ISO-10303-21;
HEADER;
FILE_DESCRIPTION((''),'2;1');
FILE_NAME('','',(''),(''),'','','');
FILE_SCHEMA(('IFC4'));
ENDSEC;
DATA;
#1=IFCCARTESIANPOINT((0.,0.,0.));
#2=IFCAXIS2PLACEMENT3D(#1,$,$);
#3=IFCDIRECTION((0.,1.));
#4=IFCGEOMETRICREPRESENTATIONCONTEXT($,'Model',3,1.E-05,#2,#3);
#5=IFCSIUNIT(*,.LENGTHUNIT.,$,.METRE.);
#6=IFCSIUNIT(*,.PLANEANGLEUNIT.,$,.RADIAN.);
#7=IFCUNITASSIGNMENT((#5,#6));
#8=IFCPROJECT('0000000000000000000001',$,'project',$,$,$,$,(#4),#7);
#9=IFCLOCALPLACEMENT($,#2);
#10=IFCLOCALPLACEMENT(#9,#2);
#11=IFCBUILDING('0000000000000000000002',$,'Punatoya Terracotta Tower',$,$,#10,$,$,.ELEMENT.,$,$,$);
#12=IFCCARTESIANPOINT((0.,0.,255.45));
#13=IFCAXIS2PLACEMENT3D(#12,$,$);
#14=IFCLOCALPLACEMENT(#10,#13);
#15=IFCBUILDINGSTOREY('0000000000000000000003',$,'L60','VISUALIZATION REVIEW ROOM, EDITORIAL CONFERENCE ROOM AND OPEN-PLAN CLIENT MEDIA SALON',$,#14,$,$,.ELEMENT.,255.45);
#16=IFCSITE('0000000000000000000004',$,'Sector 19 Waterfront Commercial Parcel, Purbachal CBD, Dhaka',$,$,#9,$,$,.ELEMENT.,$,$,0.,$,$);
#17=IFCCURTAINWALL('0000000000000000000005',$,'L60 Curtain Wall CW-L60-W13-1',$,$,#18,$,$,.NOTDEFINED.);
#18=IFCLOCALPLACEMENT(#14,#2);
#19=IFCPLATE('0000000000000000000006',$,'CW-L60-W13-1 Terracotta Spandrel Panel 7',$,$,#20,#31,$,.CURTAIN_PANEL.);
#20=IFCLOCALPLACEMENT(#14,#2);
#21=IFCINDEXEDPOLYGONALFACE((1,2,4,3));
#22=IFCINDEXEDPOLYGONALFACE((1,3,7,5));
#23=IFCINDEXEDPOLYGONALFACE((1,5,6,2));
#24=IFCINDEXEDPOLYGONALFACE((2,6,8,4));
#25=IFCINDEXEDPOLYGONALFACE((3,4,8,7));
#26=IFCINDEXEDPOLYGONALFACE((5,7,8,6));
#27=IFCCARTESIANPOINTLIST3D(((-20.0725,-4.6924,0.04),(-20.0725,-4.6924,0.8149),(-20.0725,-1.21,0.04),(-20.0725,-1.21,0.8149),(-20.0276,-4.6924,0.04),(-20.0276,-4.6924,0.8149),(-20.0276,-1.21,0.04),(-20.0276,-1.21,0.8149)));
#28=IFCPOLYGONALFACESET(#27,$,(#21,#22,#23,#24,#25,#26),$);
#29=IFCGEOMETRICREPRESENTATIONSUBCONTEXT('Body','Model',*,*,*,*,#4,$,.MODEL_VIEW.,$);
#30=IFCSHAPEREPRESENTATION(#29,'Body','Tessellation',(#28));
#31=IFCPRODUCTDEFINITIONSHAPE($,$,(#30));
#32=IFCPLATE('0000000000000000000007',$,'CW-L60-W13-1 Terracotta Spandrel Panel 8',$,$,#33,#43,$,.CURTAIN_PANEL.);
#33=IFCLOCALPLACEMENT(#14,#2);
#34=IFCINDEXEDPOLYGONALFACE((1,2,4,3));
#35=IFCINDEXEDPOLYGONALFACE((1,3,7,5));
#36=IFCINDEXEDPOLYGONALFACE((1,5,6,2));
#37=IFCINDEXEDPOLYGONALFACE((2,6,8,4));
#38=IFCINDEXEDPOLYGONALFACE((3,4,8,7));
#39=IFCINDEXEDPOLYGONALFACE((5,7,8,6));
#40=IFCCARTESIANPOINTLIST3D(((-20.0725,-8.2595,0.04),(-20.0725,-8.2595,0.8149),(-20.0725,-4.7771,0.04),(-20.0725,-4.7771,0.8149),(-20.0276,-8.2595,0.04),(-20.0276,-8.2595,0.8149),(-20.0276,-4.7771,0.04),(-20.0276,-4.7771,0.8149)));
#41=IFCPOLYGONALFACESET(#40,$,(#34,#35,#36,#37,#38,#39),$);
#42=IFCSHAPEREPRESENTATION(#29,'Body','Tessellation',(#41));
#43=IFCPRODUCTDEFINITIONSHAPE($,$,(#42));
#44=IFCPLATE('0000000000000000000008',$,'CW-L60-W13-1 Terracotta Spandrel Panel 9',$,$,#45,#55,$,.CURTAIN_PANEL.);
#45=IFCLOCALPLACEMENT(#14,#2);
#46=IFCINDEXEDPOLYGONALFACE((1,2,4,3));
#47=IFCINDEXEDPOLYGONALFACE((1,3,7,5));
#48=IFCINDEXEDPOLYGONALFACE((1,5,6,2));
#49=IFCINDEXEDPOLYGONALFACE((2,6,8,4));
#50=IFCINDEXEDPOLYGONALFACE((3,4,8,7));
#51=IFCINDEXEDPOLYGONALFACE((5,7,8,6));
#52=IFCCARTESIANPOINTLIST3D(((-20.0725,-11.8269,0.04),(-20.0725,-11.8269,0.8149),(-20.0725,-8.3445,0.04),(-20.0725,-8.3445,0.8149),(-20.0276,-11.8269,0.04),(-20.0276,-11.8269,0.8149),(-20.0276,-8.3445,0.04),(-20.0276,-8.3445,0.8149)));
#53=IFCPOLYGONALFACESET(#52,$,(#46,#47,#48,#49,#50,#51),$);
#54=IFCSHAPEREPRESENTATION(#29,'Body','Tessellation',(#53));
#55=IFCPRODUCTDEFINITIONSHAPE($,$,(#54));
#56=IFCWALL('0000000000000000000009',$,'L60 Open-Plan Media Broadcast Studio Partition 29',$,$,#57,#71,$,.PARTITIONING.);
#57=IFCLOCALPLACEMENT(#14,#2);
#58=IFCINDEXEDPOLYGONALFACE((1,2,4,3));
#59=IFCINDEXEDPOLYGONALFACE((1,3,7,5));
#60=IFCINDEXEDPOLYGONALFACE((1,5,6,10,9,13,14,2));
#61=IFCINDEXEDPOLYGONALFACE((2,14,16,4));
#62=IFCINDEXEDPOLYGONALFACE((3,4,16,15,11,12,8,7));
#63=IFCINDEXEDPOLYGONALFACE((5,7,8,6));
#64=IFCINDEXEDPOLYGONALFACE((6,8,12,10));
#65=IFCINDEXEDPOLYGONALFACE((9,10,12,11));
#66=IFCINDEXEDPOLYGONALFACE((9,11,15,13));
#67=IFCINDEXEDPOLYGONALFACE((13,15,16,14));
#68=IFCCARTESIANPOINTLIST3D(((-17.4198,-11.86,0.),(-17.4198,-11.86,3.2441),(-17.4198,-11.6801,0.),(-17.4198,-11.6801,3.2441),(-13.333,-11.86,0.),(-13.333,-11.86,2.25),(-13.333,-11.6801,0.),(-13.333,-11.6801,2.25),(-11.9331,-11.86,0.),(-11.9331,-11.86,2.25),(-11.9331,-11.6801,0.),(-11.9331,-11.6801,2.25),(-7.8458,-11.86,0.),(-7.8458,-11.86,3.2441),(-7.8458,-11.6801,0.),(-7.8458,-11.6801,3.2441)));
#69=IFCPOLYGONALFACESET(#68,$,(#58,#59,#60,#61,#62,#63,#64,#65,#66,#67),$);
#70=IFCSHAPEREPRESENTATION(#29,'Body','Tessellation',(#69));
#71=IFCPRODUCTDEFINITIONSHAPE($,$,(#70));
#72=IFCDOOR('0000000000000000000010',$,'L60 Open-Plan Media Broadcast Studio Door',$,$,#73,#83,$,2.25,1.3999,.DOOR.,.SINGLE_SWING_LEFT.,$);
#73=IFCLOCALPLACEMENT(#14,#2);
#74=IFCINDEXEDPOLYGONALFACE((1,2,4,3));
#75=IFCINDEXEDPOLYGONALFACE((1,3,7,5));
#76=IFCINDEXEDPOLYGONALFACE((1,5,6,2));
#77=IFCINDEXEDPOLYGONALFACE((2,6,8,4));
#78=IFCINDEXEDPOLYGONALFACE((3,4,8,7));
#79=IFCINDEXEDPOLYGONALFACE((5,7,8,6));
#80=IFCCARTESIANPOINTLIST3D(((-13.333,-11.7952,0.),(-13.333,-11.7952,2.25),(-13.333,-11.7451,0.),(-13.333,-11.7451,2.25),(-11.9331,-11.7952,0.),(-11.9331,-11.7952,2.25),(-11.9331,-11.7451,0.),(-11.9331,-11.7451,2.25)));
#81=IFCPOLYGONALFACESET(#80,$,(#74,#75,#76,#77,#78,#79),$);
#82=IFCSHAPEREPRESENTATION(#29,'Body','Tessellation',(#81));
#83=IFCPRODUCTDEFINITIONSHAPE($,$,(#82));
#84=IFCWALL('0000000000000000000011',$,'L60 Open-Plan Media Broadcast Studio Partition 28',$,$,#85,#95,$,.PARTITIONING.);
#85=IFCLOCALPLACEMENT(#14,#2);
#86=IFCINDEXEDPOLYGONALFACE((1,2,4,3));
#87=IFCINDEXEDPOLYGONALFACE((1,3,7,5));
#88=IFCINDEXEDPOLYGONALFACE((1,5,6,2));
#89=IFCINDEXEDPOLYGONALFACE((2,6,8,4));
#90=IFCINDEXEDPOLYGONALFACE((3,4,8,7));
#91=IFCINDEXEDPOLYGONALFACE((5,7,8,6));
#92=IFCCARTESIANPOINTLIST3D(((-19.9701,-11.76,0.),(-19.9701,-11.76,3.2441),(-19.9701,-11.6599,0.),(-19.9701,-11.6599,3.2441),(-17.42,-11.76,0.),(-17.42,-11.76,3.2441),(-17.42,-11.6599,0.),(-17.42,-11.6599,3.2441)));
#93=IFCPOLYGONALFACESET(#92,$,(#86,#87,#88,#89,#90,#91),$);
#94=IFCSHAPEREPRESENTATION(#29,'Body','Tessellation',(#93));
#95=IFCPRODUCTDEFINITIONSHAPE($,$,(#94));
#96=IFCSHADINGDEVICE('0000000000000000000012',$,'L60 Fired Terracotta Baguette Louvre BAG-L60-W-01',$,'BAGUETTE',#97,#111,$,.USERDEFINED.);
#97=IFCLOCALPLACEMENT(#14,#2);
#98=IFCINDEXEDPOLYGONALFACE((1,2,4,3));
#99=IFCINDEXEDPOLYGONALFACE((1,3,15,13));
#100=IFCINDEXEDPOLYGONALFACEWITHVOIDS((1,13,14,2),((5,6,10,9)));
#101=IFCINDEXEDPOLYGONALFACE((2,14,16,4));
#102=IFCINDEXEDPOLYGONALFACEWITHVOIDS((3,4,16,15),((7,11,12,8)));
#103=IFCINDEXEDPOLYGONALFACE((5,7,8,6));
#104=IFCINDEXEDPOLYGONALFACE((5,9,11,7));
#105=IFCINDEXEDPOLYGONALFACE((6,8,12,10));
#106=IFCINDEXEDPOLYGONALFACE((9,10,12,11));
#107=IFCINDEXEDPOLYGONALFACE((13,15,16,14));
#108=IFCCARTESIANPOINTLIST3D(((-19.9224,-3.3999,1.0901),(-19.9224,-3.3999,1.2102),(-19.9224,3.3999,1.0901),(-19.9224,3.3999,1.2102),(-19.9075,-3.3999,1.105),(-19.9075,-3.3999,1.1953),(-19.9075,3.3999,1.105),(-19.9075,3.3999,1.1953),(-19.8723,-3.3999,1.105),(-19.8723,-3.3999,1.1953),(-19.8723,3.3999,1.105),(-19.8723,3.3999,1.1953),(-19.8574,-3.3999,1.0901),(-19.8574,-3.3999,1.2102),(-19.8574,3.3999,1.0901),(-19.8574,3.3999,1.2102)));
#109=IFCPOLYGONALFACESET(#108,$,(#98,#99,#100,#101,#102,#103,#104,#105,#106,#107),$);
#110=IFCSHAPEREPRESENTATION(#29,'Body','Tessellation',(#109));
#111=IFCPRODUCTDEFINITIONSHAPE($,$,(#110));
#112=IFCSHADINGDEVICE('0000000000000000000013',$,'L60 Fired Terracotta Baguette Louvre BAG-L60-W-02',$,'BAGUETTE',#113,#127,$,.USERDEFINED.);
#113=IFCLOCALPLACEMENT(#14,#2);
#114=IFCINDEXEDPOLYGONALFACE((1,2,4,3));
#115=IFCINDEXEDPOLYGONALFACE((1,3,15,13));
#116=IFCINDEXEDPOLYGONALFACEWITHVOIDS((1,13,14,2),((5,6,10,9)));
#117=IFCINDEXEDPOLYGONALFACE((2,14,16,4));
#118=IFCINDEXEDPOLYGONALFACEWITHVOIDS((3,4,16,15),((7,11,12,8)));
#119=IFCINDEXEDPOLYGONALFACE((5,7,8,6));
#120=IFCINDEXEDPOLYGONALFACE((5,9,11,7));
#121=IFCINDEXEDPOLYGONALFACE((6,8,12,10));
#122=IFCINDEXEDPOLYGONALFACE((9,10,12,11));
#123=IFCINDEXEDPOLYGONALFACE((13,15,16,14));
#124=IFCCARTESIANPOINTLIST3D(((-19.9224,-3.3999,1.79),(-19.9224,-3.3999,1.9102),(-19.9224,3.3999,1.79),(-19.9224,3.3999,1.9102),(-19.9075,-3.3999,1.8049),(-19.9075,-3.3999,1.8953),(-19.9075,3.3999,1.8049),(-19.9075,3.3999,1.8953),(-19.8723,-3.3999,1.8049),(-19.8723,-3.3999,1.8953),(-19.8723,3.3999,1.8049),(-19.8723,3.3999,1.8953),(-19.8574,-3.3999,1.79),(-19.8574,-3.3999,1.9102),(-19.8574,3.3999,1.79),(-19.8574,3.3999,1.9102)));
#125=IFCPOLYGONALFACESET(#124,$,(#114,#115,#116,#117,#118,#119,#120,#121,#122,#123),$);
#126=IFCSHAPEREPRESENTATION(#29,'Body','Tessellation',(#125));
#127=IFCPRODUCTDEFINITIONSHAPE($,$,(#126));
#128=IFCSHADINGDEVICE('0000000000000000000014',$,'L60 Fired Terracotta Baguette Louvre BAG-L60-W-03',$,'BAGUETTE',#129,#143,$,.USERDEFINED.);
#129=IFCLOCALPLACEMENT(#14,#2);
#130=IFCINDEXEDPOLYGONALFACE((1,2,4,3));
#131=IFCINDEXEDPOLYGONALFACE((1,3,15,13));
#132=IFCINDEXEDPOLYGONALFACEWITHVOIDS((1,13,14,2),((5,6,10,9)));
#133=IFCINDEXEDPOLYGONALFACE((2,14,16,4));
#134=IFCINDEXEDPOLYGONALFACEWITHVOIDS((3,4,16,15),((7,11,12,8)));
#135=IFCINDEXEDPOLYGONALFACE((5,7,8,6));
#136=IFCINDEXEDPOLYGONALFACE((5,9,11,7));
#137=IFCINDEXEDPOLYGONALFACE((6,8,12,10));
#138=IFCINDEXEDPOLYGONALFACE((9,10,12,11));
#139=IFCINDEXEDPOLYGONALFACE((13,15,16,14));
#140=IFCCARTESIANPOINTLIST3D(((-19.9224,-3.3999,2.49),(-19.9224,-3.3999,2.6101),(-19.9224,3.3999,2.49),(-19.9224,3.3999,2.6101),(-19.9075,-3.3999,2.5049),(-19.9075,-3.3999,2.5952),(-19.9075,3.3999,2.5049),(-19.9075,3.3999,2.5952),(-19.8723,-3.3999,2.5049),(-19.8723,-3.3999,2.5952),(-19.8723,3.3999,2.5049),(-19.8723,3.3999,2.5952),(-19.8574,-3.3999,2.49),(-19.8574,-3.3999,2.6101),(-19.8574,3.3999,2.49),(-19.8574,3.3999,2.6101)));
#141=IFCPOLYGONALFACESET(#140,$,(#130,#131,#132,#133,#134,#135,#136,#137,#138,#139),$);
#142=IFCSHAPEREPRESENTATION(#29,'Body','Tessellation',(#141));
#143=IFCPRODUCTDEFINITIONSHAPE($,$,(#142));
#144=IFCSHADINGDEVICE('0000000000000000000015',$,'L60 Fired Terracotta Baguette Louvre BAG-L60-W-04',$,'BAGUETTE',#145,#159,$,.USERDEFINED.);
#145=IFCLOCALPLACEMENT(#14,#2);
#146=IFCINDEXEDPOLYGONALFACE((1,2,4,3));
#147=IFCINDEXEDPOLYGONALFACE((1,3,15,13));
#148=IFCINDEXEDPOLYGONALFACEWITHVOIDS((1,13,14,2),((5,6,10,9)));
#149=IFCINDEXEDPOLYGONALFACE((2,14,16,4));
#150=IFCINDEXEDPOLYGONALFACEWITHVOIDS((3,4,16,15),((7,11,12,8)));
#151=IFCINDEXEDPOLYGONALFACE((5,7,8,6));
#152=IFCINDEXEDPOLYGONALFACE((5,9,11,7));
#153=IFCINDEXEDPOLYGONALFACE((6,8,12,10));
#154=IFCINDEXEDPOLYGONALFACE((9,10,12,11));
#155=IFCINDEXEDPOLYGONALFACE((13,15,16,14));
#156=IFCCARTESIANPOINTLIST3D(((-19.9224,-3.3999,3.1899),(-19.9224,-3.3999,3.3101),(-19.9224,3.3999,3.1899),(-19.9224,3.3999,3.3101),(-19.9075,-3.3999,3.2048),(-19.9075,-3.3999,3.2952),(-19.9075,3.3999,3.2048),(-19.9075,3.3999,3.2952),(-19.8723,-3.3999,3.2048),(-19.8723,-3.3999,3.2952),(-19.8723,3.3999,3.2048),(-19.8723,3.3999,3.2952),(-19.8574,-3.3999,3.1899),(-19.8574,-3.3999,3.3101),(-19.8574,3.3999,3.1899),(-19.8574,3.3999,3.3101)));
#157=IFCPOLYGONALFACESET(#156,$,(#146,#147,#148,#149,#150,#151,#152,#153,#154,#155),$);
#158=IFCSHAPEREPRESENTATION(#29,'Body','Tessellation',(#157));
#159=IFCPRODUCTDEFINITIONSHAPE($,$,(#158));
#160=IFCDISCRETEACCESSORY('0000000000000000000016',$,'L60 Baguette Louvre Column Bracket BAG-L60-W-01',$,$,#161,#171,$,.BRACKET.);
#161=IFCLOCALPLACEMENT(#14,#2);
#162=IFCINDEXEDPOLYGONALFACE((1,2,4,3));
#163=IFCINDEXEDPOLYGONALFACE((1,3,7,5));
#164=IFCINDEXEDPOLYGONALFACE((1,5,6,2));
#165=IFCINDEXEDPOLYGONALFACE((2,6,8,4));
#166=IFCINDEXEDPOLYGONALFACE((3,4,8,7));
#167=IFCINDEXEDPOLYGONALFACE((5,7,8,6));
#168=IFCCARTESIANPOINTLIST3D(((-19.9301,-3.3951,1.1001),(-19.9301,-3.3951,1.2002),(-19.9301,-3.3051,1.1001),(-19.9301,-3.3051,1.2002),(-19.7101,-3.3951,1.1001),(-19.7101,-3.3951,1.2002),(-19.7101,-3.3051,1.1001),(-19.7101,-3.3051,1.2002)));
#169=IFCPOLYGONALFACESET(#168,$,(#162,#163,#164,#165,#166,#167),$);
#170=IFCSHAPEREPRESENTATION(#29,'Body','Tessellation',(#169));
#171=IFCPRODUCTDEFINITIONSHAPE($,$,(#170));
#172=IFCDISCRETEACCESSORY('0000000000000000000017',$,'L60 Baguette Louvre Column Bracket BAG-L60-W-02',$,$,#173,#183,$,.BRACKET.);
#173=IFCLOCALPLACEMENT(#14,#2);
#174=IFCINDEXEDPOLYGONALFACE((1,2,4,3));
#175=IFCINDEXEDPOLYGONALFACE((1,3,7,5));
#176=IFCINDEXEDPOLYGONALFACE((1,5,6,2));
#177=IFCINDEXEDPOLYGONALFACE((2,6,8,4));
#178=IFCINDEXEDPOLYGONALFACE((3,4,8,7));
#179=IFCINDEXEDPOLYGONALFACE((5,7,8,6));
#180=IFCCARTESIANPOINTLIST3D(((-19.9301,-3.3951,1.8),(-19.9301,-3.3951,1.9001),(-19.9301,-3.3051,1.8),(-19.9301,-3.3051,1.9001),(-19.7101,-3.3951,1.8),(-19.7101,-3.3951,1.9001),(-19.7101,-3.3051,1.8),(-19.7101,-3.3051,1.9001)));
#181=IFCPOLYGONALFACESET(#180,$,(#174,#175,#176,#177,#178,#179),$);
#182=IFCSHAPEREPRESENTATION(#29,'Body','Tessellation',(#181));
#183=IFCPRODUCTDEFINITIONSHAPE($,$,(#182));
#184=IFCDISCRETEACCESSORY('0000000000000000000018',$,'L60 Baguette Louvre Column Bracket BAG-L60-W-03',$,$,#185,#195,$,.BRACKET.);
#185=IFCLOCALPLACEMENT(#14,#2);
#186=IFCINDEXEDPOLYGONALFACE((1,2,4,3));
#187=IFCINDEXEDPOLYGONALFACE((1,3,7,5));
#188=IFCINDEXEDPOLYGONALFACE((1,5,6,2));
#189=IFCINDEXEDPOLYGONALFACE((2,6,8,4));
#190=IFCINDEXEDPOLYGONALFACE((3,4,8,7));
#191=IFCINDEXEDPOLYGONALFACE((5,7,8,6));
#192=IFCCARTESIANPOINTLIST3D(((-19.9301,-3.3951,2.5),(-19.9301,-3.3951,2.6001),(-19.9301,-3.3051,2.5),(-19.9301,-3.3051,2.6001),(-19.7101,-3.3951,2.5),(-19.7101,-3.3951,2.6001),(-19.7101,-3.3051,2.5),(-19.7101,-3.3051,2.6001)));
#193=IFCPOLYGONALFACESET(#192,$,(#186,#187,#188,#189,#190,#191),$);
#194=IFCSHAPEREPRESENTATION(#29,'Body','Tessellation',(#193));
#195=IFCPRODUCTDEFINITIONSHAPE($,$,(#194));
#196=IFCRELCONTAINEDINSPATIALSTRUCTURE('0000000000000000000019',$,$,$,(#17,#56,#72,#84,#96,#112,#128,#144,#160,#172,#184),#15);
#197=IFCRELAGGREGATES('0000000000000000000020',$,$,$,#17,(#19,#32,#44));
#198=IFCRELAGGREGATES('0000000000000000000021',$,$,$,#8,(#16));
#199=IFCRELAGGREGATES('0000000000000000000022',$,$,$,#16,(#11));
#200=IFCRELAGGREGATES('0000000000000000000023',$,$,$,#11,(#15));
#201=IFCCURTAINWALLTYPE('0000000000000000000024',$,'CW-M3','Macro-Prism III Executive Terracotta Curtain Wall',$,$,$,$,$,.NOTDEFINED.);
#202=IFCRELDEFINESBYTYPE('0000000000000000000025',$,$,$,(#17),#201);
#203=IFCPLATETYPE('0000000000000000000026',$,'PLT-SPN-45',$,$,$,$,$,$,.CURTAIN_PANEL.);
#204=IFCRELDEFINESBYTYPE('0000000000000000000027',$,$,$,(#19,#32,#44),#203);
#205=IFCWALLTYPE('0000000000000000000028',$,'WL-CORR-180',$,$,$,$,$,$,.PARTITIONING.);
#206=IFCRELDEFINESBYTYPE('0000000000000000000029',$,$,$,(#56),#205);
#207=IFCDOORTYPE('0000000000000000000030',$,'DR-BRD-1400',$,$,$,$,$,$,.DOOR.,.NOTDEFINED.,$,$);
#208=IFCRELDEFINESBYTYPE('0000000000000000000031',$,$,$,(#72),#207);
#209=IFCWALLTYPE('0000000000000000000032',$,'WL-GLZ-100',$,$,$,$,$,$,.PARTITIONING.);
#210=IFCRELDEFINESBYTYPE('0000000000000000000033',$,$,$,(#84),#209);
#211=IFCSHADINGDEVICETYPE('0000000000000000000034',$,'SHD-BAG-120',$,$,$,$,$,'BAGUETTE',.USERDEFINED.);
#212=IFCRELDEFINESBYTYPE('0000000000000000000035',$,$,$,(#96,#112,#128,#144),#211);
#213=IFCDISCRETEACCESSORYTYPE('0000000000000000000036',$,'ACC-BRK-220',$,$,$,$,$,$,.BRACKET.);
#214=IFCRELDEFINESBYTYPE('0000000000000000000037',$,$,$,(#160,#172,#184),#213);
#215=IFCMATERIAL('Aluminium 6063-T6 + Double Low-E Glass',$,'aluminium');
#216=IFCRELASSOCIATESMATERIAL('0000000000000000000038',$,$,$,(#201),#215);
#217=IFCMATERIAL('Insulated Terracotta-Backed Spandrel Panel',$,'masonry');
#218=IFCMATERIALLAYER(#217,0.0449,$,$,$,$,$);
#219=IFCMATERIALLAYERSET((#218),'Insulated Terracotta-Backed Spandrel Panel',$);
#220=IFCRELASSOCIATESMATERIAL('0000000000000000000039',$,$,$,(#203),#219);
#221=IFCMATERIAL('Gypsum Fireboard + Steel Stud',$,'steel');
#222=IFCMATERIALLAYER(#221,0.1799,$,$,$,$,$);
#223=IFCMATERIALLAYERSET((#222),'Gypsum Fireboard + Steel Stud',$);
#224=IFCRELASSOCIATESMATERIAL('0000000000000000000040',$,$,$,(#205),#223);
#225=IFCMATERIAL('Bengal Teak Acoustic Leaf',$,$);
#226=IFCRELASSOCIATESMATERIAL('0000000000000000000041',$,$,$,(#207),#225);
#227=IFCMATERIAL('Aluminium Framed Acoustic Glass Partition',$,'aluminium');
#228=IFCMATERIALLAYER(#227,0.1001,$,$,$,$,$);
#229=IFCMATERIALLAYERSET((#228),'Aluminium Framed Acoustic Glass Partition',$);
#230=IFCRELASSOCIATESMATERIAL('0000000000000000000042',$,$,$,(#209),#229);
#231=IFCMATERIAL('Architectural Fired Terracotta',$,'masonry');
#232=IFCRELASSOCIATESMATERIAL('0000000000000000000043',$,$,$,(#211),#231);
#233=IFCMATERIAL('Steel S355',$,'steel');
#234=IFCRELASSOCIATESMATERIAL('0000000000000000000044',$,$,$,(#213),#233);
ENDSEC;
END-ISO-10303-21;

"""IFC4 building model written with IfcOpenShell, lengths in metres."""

from ifc_helpers import new_model, si_unit, direction, frame, frame_2d, origin, origin_2d, place, context, subcontext, project, spatial, rectangle, hollow_rectangle, extrude, material, layer, layer_set, material_profile, profile_set, type_object, element, fill, aggregate, save


model = new_model("IFC4")

# Units and contexts
model_context = context("Model", 3, precision=1e-05, world=origin(), true_north=direction((0.0, 1.0)))
body_context = subcontext(model_context, "Body", "Model", "MODEL_VIEW")
ifc_project = project(units=[si_unit("LENGTHUNIT", "METRE"), si_unit("PLANEANGLEUNIT", "RADIAN")], contexts=[model_context])

# Site, building, storey
site_placement = place(None, origin())
site = spatial("IfcSite", under=ifc_project, at=site_placement, Name="Sector 19 Waterfront Commercial Parcel, Purbachal CBD, Dhaka", CompositionType="ELEMENT", RefElevation=0.0)
building_placement = place(site_placement, origin())
building = spatial("IfcBuilding", under=site, at=building_placement, Name="Punatoya Terracotta Tower", CompositionType="ELEMENT")
storey_placement = place(building_placement, frame((0.0, 0.0, 255.45)))
storey = spatial("IfcBuildingStorey", under=building, at=storey_placement, Name="L60", Description="VISUALIZATION REVIEW ROOM, EDITORIAL CONFERENCE ROOM AND OPEN-PLAN CLIENT MEDIA SALON", CompositionType="ELEMENT", Elevation=255.45)

# Shared definitions
ifc_material_1 = material(Name="Steel S355", Category="steel")

# Curtain wall
ifc_material_2 = material(Name="Aluminium 6063-T6 + Double Low-E Glass", Category="aluminium")
curtain_wall_type = type_object("IfcCurtainWallType", Name="CW-M3", Description="Macro-Prism III Executive Terracotta Curtain Wall", PredefinedType="NOTDEFINED", material=ifc_material_2)
curtain_wall_placement = place(storey_placement, origin())
curtain_wall = element("IfcCurtainWall", 1, at=curtain_wall_placement, inside=storey, type_object=curtain_wall_type, Name="L60 Curtain Wall CW-L60-W13-1", PredefinedType="NOTDEFINED")

# Plates
ifc_material_3 = material(Name="Insulated Terracotta-Backed Spandrel Panel", Category="masonry")
ifc_layer_1 = layer(ifc_material_3, 0.0449)
ifc_layer_set_1 = layer_set([ifc_layer_1], Name="Insulated Terracotta-Backed Spandrel Panel")
plate_type_1 = type_object("IfcPlateType", Name="PLT-SPN-45", PredefinedType="CURTAIN_PANEL", material=ifc_layer_set_1)
plate_1_placement = place(storey_placement, frame((-20.05, -2.9512, 0.04), z_axis=(0.0, 0.0, 1.0), x_axis=(0.0, -1.0, 0.0)))
plate_1 = element("IfcPlate", 2, at=plate_1_placement, type_object=plate_type_1, Name="CW-L60-W13-1 Terracotta Spandrel Panel 7", PredefinedType="CURTAIN_PANEL", context=body_context, shape_type="SweptSolid", body=[
    extrude(rectangle(XDim=3.4824, YDim=0.0449, at=origin_2d()), origin(), (0.0, 0.0, 1.0), 0.7749),
])
plate_2_placement = place(storey_placement, frame((-20.05, -6.5183, 0.04), z_axis=(0.0, 0.0, 1.0), x_axis=(0.0, -1.0, 0.0)))
plate_2 = element("IfcPlate", 3, at=plate_2_placement, type_object=plate_type_1, Name="CW-L60-W13-1 Terracotta Spandrel Panel 8", PredefinedType="CURTAIN_PANEL", context=body_context, shape_type="SweptSolid", body=[
    extrude(rectangle(XDim=3.4824, YDim=0.0449, at=origin_2d()), origin(), (0.0, 0.0, 1.0), 0.7749),
])
plate_3_placement = place(storey_placement, frame((-20.05, -10.0857, 0.04), z_axis=(0.0, 0.0, 1.0), x_axis=(0.0, -1.0, 0.0)))
plate_3 = element("IfcPlate", 4, at=plate_3_placement, type_object=plate_type_1, Name="CW-L60-W13-1 Terracotta Spandrel Panel 9", PredefinedType="CURTAIN_PANEL", context=body_context, shape_type="SweptSolid", body=[
    extrude(rectangle(XDim=3.4824, YDim=0.0449, at=origin_2d()), origin(), (0.0, 0.0, 1.0), 0.7749),
])
aggregate(curtain_wall, [plate_1, plate_2, plate_3])

# Wall, opening, door
ifc_material_4 = material(Name="Gypsum Fireboard + Steel Stud", Category="steel")
ifc_layer_2 = layer(ifc_material_4, 0.1799)
ifc_layer_set_2 = layer_set([ifc_layer_2], Name="Gypsum Fireboard + Steel Stud")
wall_type_1 = type_object("IfcWallType", Name="WL-CORR-180", PredefinedType="PARTITIONING", material=ifc_layer_set_2)
wall_1_placement = place(storey_placement, frame((-17.4199, -11.77, 0.0), z_axis=(0.0, 0.0, 1.0), x_axis=(1.0, 0.0, 0.0)))
wall_1 = element("IfcWall", 5, at=wall_1_placement, inside=storey, type_object=wall_type_1, Name="L60 Open-Plan Media Broadcast Studio Partition 29", PredefinedType="PARTITIONING", context=body_context, shape_type="SweptSolid", body=[
    extrude(rectangle(XDim=9.574, YDim=0.1799, at=frame_2d((4.7871, 0.0))), origin(), (0.0, 0.0, 1.0), 3.2441),
])
opening_placement = place(wall_1_placement, frame((4.0869, 0.0, 0.0)))
opening = element("IfcOpeningElement", 6, at=opening_placement, cuts=wall_1, PredefinedType="OPENING", context=body_context, shape_type="SweptSolid", body=[
    extrude(rectangle(XDim=1.3999, YDim=2.25, at=frame_2d((0.7, 1.125))), frame((0.0, 0.0999, 0.0), z_axis=(0.0, -1.0, 0.0), x_axis=(1.0, 0.0, 0.0)), (0.0, 0.0, 1.0), 0.2),
])
ifc_material_5 = material(Name="Bengal Teak Acoustic Leaf")
door_type = type_object("IfcDoorType", Name="DR-BRD-1400", OperationType="NOTDEFINED", PredefinedType="DOOR", material=ifc_material_5)
door_placement = place(opening_placement, origin())
door = element("IfcDoor", 7, at=door_placement, inside=storey, type_object=door_type, Name="L60 Open-Plan Media Broadcast Studio Door", OperationType="SINGLE_SWING_LEFT", OverallHeight=2.25, OverallWidth=1.3999, PredefinedType="DOOR", context=body_context, shape_type="SweptSolid", body=[
    extrude(rectangle(XDim=1.3999, YDim=2.25, at=frame_2d((0.7, 1.125))), frame((0.0, 0.0249, 0.0), z_axis=(0.0, -1.0, 0.0), x_axis=(1.0, 0.0, 0.0)), (0.0, 0.0, 1.0), 0.05),
])
fill(opening, door)

# Wall
ifc_material_6 = material(Name="Aluminium Framed Acoustic Glass Partition", Category="aluminium")
ifc_layer_3 = layer(ifc_material_6, 0.1001)
ifc_layer_set_3 = layer_set([ifc_layer_3], Name="Aluminium Framed Acoustic Glass Partition")
wall_type_2 = type_object("IfcWallType", Name="WL-GLZ-100", PredefinedType="PARTITIONING", material=ifc_layer_set_3)
wall_2_placement = place(storey_placement, frame((-19.97, -11.71, 0.0), z_axis=(0.0, 0.0, 1.0), x_axis=(1.0, 0.0, 0.0)))
element("IfcWall", 8, at=wall_2_placement, inside=storey, type_object=wall_type_2, Name="L60 Open-Plan Media Broadcast Studio Partition 28", PredefinedType="PARTITIONING", context=body_context, shape_type="SweptSolid", body=[
    extrude(rectangle(XDim=2.55, YDim=0.1001, at=frame_2d((1.2749, 0.0))), origin(), (0.0, 0.0, 1.0), 3.2441),
])

# Shading devices
ifc_material_7 = material(Name="Architectural Fired Terracotta", Category="masonry")
ifc_material_profile_1 = material_profile(ifc_material_7, hollow_rectangle(XDim=0.0649, YDim=0.1201, WallThickness=0.0149, at=origin_2d()))
ifc_profile_set_1 = profile_set([ifc_material_profile_1], Name="Architectural Fired Terracotta")
shading_device_type = type_object("IfcShadingDeviceType", Name="SHD-BAG-120", ElementType="BAGUETTE", PredefinedType="USERDEFINED", material=ifc_profile_set_1)
for number, where, z_axis, x_axis, name in (
    (9, (-19.8899, -3.3999, 1.1501), (0.0, 1.0, 0.0), (-1.0, 0.0, 0.0), "L60 Fired Terracotta Baguette Louvre BAG-L60-W-01"),
    (10, (-19.8899, -3.3999, 1.8501), (0.0, 1.0, 0.0), (-1.0, 0.0, 0.0), "L60 Fired Terracotta Baguette Louvre BAG-L60-W-02"),
    (11, (-19.8899, -3.3999, 2.55), (0.0, 1.0, 0.0), (-1.0, 0.0, 0.0), "L60 Fired Terracotta Baguette Louvre BAG-L60-W-03"),
    (12, (-19.8899, -3.3999, 3.25), (0.0, 1.0, 0.0), (-1.0, 0.0, 0.0), "L60 Fired Terracotta Baguette Louvre BAG-L60-W-04"),
):
    element("IfcShadingDevice", number, at=place(storey_placement, frame(where, z_axis=z_axis, x_axis=x_axis)), inside=storey, type_object=shading_device_type, Name=name, ObjectType="BAGUETTE", PredefinedType="USERDEFINED", context=body_context, shape_type="SweptSolid", body=[
        extrude(hollow_rectangle(XDim=0.0649, YDim=0.1201, WallThickness=0.0149, at=origin_2d()), origin(), (0.0, 0.0, 1.0), 6.7998),
    ])

# Discrete accessories
discrete_accessory_type = type_object("IfcDiscreteAccessoryType", Name="ACC-BRK-220", PredefinedType="BRACKET", material=ifc_material_1)
for number, where, z_axis, x_axis, name in (
    (13, (-19.8201, -3.3501, 1.1001), (0.0, 0.0, 1.0), (0.0, 1.0, 0.0), "L60 Baguette Louvre Column Bracket BAG-L60-W-01"),
    (14, (-19.8201, -3.3501, 1.8), (0.0, 0.0, 1.0), (0.0, 1.0, 0.0), "L60 Baguette Louvre Column Bracket BAG-L60-W-02"),
    (15, (-19.8201, -3.3501, 2.5), (0.0, 0.0, 1.0), (0.0, 1.0, 0.0), "L60 Baguette Louvre Column Bracket BAG-L60-W-03"),
):
    element("IfcDiscreteAccessory", number, at=place(storey_placement, frame(where, z_axis=z_axis, x_axis=x_axis)), inside=storey, type_object=discrete_accessory_type, Name=name, PredefinedType="BRACKET", context=body_context, shape_type="SweptSolid", body=[
        extrude(rectangle(XDim=0.0901, YDim=0.22, at=origin_2d()), origin(), (0.0, 0.0, 1.0), 0.1001),
    ])

save(model, "model.ifc")
